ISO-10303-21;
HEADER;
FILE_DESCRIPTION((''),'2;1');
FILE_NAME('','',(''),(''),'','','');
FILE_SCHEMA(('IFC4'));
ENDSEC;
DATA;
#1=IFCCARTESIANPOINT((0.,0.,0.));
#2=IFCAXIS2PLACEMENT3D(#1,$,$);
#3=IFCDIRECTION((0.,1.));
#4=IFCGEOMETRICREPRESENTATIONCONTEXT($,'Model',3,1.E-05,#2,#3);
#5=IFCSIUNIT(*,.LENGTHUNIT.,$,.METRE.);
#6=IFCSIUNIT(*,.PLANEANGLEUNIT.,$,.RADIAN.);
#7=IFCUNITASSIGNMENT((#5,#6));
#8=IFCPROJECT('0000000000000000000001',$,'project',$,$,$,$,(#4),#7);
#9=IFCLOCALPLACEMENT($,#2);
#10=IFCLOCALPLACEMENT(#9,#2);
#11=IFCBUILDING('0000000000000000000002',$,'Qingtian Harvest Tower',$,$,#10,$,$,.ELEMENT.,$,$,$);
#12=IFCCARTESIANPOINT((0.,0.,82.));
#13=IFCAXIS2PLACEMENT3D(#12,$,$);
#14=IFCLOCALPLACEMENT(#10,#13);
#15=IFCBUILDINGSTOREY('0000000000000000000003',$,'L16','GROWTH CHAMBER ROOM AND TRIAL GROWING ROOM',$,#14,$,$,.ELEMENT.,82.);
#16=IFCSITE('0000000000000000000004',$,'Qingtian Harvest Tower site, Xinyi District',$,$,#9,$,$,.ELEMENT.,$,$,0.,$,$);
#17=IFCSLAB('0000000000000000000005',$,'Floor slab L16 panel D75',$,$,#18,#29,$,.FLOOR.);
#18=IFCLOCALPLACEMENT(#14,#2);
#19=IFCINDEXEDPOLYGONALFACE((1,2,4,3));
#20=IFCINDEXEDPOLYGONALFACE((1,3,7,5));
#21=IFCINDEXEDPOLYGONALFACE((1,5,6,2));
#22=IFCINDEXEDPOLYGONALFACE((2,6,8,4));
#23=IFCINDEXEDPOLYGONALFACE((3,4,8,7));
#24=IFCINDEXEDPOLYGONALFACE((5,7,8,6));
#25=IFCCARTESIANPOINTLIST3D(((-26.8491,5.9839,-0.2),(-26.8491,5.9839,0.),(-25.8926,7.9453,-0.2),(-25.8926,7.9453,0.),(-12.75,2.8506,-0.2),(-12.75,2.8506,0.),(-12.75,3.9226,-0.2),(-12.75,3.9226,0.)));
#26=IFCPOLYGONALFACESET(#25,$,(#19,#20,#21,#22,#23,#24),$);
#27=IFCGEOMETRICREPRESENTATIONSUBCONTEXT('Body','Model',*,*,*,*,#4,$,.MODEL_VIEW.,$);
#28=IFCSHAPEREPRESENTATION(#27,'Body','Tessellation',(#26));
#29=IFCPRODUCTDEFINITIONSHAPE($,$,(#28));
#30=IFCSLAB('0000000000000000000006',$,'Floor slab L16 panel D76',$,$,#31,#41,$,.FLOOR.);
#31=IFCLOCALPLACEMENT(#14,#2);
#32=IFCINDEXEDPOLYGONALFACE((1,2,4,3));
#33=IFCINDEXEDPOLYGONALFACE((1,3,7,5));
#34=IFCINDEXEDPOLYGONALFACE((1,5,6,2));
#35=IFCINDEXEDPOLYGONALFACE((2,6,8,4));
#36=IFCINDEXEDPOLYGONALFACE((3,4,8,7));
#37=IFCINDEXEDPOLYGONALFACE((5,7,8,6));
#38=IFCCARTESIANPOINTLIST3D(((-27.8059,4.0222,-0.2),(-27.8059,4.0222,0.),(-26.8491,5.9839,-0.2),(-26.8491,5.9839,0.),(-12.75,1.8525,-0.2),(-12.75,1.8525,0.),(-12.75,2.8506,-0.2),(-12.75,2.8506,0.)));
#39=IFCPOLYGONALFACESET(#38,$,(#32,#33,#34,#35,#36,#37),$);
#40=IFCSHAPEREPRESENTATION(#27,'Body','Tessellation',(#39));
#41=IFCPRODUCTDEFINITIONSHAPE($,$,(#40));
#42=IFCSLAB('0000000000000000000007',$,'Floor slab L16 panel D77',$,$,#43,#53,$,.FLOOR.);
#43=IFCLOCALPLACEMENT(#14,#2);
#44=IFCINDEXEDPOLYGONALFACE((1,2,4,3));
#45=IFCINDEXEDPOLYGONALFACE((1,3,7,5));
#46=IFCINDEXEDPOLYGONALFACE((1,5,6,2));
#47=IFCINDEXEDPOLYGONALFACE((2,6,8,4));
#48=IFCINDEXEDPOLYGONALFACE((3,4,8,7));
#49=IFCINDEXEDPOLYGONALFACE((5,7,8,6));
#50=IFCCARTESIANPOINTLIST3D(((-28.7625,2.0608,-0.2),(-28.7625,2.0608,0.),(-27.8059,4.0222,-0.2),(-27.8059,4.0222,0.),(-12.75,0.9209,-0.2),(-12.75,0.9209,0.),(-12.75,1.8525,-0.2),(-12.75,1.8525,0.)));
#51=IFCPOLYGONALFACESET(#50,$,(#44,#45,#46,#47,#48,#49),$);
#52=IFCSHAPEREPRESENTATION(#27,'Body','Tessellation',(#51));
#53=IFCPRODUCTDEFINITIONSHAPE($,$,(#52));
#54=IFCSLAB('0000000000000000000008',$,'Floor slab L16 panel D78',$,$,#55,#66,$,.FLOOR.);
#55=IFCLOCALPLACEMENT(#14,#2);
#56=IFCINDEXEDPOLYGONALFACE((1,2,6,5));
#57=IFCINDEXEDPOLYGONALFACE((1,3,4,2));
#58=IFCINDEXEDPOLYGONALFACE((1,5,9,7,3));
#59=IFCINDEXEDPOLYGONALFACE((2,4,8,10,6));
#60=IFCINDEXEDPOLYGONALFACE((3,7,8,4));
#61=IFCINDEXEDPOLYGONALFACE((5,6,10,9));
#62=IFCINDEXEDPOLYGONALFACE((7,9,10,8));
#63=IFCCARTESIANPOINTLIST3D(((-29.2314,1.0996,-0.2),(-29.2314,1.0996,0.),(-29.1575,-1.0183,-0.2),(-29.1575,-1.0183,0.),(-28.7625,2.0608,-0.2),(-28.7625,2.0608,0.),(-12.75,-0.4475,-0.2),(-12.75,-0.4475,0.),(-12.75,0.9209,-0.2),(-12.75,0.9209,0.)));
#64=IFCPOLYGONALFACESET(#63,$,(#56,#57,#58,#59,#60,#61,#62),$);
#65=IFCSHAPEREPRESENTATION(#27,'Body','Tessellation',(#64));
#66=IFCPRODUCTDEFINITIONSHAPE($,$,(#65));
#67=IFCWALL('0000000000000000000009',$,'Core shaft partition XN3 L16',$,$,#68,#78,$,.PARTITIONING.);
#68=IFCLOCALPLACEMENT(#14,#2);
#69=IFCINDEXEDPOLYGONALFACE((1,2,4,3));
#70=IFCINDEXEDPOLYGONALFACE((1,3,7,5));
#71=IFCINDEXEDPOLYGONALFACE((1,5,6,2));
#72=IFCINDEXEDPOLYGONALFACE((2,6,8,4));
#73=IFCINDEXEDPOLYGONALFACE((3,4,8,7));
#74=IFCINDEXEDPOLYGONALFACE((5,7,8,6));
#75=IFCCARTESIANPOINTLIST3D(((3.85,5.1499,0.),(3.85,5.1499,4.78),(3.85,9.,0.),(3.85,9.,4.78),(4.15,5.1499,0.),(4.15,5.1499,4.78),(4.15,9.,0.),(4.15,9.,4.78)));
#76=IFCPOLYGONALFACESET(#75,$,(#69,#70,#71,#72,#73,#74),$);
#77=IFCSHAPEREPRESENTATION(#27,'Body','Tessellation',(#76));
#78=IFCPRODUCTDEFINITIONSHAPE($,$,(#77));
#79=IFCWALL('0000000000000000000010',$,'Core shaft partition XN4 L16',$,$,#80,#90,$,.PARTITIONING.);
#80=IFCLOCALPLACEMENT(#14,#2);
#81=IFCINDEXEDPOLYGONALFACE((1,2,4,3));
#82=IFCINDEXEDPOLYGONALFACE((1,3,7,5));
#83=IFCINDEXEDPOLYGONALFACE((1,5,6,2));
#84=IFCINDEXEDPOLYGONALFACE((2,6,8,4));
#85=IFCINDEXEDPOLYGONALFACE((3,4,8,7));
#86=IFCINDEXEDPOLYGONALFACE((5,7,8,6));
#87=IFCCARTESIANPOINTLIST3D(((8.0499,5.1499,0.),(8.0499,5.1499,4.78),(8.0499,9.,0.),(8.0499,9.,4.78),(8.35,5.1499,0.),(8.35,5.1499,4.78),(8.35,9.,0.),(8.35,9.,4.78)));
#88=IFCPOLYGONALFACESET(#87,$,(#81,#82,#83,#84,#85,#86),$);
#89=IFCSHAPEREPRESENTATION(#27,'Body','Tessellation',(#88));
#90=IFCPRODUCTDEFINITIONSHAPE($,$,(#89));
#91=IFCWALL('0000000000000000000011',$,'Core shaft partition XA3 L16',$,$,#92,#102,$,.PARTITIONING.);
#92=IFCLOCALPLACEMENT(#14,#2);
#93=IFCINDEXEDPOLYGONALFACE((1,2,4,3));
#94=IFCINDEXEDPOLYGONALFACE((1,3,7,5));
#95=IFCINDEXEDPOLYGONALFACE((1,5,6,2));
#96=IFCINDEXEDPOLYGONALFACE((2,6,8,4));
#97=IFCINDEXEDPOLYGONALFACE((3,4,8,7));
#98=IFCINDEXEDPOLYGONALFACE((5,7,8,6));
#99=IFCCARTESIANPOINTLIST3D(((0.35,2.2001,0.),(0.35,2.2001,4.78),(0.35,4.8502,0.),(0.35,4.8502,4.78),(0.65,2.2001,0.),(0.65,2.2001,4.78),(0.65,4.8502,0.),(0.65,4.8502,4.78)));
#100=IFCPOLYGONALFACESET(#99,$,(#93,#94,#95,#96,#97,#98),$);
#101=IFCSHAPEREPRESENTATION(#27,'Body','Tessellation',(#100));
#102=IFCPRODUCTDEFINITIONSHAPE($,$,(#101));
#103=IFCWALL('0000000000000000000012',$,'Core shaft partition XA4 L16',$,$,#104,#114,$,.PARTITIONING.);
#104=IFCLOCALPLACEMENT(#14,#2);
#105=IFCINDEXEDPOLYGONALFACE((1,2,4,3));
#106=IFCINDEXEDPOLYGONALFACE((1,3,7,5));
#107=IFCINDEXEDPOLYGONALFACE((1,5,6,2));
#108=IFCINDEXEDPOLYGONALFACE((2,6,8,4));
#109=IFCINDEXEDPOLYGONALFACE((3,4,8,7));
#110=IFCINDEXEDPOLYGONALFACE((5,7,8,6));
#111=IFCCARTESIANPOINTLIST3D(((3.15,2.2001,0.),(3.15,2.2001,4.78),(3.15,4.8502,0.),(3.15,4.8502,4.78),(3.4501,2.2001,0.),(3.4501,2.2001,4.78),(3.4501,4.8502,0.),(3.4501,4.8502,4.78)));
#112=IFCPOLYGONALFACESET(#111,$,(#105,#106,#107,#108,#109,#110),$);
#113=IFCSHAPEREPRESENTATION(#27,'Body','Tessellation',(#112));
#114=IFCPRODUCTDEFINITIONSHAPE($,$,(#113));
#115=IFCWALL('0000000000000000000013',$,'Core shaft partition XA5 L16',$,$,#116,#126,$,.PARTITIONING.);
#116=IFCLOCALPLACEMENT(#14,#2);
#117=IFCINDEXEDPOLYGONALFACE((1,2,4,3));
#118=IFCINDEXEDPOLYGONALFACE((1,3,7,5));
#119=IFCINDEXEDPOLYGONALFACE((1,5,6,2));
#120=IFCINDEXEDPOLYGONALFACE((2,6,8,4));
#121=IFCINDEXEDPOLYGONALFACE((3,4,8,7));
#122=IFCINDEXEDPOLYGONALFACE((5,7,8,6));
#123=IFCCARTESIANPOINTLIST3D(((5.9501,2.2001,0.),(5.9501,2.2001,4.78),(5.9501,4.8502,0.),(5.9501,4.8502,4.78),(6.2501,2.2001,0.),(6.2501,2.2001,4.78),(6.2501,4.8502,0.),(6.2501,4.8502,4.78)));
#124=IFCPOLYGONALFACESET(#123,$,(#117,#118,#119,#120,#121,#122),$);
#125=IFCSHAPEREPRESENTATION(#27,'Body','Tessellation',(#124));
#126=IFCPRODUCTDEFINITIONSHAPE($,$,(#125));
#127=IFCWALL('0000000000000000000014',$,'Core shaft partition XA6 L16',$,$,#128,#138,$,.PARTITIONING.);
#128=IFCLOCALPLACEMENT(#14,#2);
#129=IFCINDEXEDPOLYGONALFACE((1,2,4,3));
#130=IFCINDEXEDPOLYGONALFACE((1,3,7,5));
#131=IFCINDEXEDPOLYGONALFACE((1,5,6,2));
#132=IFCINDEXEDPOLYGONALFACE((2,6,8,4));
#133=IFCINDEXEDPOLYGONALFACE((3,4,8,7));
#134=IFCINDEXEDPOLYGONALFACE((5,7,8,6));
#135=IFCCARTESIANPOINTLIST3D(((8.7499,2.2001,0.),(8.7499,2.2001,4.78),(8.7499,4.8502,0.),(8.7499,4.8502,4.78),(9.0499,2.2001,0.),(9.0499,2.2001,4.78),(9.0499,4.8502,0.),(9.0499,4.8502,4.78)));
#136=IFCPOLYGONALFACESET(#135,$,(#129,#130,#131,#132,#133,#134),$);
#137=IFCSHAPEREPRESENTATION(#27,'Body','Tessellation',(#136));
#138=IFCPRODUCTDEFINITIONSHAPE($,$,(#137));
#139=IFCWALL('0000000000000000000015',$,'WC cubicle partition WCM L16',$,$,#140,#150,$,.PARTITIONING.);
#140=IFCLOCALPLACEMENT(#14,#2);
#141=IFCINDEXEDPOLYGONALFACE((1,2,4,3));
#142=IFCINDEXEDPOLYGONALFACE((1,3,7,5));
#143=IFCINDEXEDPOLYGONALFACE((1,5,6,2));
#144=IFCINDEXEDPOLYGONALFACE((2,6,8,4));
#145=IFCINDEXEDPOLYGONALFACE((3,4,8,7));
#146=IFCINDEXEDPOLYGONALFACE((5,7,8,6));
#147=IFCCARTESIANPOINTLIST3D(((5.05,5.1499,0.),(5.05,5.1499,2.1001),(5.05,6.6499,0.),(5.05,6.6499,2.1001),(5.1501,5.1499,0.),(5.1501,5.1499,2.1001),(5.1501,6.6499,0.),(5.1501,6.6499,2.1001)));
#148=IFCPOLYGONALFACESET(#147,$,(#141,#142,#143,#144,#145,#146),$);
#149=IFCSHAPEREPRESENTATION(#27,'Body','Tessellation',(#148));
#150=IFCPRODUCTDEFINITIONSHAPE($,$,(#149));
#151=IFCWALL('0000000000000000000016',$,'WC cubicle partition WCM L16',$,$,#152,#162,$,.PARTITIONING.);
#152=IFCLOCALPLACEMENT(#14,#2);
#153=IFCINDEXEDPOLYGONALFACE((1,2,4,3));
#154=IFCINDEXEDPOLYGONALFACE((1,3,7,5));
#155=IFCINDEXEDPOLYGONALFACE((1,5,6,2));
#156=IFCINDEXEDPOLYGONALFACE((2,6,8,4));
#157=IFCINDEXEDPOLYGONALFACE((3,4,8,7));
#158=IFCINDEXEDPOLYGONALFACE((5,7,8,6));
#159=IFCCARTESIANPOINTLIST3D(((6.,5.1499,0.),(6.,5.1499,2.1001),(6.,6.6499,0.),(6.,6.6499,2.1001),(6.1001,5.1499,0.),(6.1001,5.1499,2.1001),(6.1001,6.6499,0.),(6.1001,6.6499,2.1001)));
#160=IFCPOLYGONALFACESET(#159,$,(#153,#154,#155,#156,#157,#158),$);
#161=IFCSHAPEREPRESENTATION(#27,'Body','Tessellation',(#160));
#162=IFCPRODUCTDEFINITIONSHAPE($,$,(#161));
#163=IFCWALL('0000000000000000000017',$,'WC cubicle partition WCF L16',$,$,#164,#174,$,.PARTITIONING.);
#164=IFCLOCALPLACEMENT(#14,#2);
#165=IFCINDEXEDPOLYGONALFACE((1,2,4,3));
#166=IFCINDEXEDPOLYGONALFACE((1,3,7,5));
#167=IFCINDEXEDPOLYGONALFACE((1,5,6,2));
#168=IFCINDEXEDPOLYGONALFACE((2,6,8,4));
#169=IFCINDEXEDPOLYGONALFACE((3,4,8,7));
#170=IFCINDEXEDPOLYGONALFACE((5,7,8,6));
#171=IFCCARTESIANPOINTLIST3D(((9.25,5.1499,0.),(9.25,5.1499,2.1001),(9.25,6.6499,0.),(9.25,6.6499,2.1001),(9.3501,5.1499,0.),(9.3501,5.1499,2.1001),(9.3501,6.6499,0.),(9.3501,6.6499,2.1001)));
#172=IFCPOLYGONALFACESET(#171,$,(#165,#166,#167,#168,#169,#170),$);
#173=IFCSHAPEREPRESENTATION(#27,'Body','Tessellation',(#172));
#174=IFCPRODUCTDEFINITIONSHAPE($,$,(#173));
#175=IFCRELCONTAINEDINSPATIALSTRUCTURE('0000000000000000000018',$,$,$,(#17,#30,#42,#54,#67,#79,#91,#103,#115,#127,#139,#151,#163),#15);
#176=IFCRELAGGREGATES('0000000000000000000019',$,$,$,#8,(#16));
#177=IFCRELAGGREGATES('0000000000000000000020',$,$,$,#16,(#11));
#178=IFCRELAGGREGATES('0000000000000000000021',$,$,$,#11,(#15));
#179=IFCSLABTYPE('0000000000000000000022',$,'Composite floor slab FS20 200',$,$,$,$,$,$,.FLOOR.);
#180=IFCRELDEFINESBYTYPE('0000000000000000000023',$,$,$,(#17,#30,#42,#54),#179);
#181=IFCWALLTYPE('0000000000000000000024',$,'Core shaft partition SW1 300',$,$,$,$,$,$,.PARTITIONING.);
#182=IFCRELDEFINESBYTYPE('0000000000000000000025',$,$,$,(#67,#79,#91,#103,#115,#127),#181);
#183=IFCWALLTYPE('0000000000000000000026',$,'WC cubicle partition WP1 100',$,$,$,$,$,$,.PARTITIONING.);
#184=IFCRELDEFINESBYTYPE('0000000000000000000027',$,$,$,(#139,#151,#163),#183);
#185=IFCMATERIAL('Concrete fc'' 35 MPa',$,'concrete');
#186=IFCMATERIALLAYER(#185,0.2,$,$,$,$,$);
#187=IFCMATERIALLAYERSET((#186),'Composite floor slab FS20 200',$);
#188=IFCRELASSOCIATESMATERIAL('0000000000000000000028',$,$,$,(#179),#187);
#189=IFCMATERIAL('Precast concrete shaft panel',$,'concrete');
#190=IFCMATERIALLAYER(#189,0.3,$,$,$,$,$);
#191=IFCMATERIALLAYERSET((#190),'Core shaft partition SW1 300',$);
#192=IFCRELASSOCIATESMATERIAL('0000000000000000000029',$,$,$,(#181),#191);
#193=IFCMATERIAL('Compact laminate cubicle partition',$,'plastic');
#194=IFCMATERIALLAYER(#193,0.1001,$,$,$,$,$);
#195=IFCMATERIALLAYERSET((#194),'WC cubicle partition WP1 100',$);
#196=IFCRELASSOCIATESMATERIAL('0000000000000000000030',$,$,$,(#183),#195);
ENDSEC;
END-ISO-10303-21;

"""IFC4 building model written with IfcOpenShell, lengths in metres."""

from ifc_helpers import new_model, si_unit, direction, frame, frame_2d, origin, place, context, subcontext, project, spatial, polyline, rectangle, outline, extrude, material, layer, layer_set, type_object, element, save


model = new_model("IFC4")

# Units and contexts
model_context = context("Model", 3, precision=1e-05, world=origin(), true_north=direction((0.0, 1.0)))
body_context = subcontext(model_context, "Body", "Model", "MODEL_VIEW")
ifc_project = project(units=[si_unit("LENGTHUNIT", "METRE"), si_unit("PLANEANGLEUNIT", "RADIAN")], contexts=[model_context])

# Site, building, storey
site_placement = place(None, origin())
site = spatial("IfcSite", under=ifc_project, at=site_placement, Name="Qingtian Harvest Tower site, Xinyi District", CompositionType="ELEMENT", RefElevation=0.0)
building_placement = place(site_placement, origin())
building = spatial("IfcBuilding", under=site, at=building_placement, Name="Qingtian Harvest Tower", CompositionType="ELEMENT")
storey_placement = place(building_placement, frame((0.0, 0.0, 82.0)))
storey = spatial("IfcBuildingStorey", under=building, at=storey_placement, Name="L16", Description="GROWTH CHAMBER ROOM AND TRIAL GROWING ROOM", CompositionType="ELEMENT", Elevation=82.0)

# Slabs
ifc_material_1 = material(Name="Concrete fc' 35 MPa", Category="concrete")
ifc_layer_1 = layer(ifc_material_1, 0.2)
ifc_layer_set_1 = layer_set([ifc_layer_1], Name="Composite floor slab FS20 200")
slab_type = type_object("IfcSlabType", Name="Composite floor slab FS20 200", PredefinedType="FLOOR", material=ifc_layer_set_1)
slab_1_placement = place(storey_placement, frame((0.0, 0.0, -0.2)))
element("IfcSlab", 1, at=slab_1_placement, inside=storey, type_object=slab_type, Name="Floor slab L16 panel D75", PredefinedType="FLOOR", context=body_context, shape_type="SweptSolid", body=[
    extrude(outline(polyline([(-12.75, 2.8506), (-26.8491, 5.9839), (-25.8926, 7.9453), (-12.75, 3.9226), (-12.75, 2.8506)])), origin(), (0.0, 0.0, 1.0), 0.2),
])
slab_2_placement = place(storey_placement, frame((0.0, 0.0, -0.2)))
element("IfcSlab", 2, at=slab_2_placement, inside=storey, type_object=slab_type, Name="Floor slab L16 panel D76", PredefinedType="FLOOR", context=body_context, shape_type="SweptSolid", body=[
    extrude(outline(polyline([(-12.75, 1.8525), (-27.8059, 4.0222), (-26.8491, 5.9839), (-12.75, 2.8506), (-12.75, 1.8525)])), origin(), (0.0, 0.0, 1.0), 0.2),
])
slab_3_placement = place(storey_placement, frame((0.0, 0.0, -0.2)))
element("IfcSlab", 3, at=slab_3_placement, inside=storey, type_object=slab_type, Name="Floor slab L16 panel D77", PredefinedType="FLOOR", context=body_context, shape_type="SweptSolid", body=[
    extrude(outline(polyline([(-12.75, 0.9209), (-28.7625, 2.0608), (-27.8059, 4.0222), (-12.75, 1.8525), (-12.75, 0.9209)])), origin(), (0.0, 0.0, 1.0), 0.2),
])
slab_4_placement = place(storey_placement, frame((0.0, 0.0, -0.2)))
element("IfcSlab", 4, at=slab_4_placement, inside=storey, type_object=slab_type, Name="Floor slab L16 panel D78", PredefinedType="FLOOR", context=body_context, shape_type="SweptSolid", body=[
    extrude(outline(polyline([(-12.75, 0.9209), (-12.75, -0.4475), (-29.1575, -1.0183), (-29.2314, 1.0996), (-28.7625, 2.0608), (-12.75, 0.9209)])), origin(), (0.0, 0.0, 1.0), 0.2),
])

# Shared definitions
ifc_material_2 = material(Name="Precast concrete shaft panel", Category="concrete")
ifc_layer_2 = layer(ifc_material_2, 0.3)
ifc_layer_set_2 = layer_set([ifc_layer_2], Name="Core shaft partition SW1 300")
wall_type_1 = type_object("IfcWallType", Name="Core shaft partition SW1 300", PredefinedType="PARTITIONING", material=ifc_layer_set_2)

# Walls
for number, where, z_axis, x_axis, name in (
    (5, (4.0, 5.1499, 0.0), (0.0, 0.0, 1.0), (0.0, 1.0, 0.0), "Core shaft partition XN3 L16"),
    (6, (8.2, 5.1499, 0.0), (0.0, 0.0, 1.0), (0.0, 1.0, 0.0), "Core shaft partition XN4 L16"),
):
    element("IfcWall", number, at=place(storey_placement, frame(where, z_axis=z_axis, x_axis=x_axis)), inside=storey, type_object=wall_type_1, Name=name, PredefinedType="PARTITIONING", context=body_context, shape_type="SweptSolid", body=[
        extrude(rectangle(XDim=3.8501, YDim=0.3, at=frame_2d((1.925, 0.0))), origin(), (0.0, 0.0, 1.0), 4.78),
    ])
for number, where, z_axis, x_axis, name in (
    (7, (0.5, 2.2, 0.0), (0.0, 0.0, 1.0), (0.0, 1.0, 0.0), "Core shaft partition XA3 L16"),
    (8, (3.3, 2.2, 0.0), (0.0, 0.0, 1.0), (0.0, 1.0, 0.0), "Core shaft partition XA4 L16"),
    (9, (6.1001, 2.2, 0.0), (0.0, 0.0, 1.0), (0.0, 1.0, 0.0), "Core shaft partition XA5 L16"),
    (10, (8.8999, 2.2, 0.0), (0.0, 0.0, 1.0), (0.0, 1.0, 0.0), "Core shaft partition XA6 L16"),
):
    element("IfcWall", number, at=place(storey_placement, frame(where, z_axis=z_axis, x_axis=x_axis)), inside=storey, type_object=wall_type_1, Name=name, PredefinedType="PARTITIONING", context=body_context, shape_type="SweptSolid", body=[
        extrude(rectangle(XDim=2.6501, YDim=0.3, at=frame_2d((1.3252, 0.0))), origin(), (0.0, 0.0, 1.0), 4.78),
    ])
ifc_material_3 = material(Name="Compact laminate cubicle partition", Category="plastic")
ifc_layer_3 = layer(ifc_material_3, 0.1001)
ifc_layer_set_3 = layer_set([ifc_layer_3], Name="WC cubicle partition WP1 100")
wall_type_2 = type_object("IfcWallType", Name="WC cubicle partition WP1 100", PredefinedType="PARTITIONING", material=ifc_layer_set_3)
for number, where, z_axis, x_axis, name in (
    (11, (5.1001, 5.1499, 0.0), (0.0, 0.0, 1.0), (0.0, 1.0, 0.0), "WC cubicle partition WCM L16"),
    (12, (6.05, 5.1499, 0.0), (0.0, 0.0, 1.0), (0.0, 1.0, 0.0), "WC cubicle partition WCM L16"),
    (13, (9.3, 5.1499, 0.0), (0.0, 0.0, 1.0), (0.0, 1.0, 0.0), "WC cubicle partition WCF L16"),
):
    element("IfcWall", number, at=place(storey_placement, frame(where, z_axis=z_axis, x_axis=x_axis)), inside=storey, type_object=wall_type_2, Name=name, PredefinedType="PARTITIONING", context=body_context, shape_type="SweptSolid", body=[
        extrude(rectangle(XDim=1.5, YDim=0.1001, at=frame_2d((0.75, 0.0))), origin(), (0.0, 0.0, 1.0), 2.1001),
    ])

save(model, "model.ifc")
